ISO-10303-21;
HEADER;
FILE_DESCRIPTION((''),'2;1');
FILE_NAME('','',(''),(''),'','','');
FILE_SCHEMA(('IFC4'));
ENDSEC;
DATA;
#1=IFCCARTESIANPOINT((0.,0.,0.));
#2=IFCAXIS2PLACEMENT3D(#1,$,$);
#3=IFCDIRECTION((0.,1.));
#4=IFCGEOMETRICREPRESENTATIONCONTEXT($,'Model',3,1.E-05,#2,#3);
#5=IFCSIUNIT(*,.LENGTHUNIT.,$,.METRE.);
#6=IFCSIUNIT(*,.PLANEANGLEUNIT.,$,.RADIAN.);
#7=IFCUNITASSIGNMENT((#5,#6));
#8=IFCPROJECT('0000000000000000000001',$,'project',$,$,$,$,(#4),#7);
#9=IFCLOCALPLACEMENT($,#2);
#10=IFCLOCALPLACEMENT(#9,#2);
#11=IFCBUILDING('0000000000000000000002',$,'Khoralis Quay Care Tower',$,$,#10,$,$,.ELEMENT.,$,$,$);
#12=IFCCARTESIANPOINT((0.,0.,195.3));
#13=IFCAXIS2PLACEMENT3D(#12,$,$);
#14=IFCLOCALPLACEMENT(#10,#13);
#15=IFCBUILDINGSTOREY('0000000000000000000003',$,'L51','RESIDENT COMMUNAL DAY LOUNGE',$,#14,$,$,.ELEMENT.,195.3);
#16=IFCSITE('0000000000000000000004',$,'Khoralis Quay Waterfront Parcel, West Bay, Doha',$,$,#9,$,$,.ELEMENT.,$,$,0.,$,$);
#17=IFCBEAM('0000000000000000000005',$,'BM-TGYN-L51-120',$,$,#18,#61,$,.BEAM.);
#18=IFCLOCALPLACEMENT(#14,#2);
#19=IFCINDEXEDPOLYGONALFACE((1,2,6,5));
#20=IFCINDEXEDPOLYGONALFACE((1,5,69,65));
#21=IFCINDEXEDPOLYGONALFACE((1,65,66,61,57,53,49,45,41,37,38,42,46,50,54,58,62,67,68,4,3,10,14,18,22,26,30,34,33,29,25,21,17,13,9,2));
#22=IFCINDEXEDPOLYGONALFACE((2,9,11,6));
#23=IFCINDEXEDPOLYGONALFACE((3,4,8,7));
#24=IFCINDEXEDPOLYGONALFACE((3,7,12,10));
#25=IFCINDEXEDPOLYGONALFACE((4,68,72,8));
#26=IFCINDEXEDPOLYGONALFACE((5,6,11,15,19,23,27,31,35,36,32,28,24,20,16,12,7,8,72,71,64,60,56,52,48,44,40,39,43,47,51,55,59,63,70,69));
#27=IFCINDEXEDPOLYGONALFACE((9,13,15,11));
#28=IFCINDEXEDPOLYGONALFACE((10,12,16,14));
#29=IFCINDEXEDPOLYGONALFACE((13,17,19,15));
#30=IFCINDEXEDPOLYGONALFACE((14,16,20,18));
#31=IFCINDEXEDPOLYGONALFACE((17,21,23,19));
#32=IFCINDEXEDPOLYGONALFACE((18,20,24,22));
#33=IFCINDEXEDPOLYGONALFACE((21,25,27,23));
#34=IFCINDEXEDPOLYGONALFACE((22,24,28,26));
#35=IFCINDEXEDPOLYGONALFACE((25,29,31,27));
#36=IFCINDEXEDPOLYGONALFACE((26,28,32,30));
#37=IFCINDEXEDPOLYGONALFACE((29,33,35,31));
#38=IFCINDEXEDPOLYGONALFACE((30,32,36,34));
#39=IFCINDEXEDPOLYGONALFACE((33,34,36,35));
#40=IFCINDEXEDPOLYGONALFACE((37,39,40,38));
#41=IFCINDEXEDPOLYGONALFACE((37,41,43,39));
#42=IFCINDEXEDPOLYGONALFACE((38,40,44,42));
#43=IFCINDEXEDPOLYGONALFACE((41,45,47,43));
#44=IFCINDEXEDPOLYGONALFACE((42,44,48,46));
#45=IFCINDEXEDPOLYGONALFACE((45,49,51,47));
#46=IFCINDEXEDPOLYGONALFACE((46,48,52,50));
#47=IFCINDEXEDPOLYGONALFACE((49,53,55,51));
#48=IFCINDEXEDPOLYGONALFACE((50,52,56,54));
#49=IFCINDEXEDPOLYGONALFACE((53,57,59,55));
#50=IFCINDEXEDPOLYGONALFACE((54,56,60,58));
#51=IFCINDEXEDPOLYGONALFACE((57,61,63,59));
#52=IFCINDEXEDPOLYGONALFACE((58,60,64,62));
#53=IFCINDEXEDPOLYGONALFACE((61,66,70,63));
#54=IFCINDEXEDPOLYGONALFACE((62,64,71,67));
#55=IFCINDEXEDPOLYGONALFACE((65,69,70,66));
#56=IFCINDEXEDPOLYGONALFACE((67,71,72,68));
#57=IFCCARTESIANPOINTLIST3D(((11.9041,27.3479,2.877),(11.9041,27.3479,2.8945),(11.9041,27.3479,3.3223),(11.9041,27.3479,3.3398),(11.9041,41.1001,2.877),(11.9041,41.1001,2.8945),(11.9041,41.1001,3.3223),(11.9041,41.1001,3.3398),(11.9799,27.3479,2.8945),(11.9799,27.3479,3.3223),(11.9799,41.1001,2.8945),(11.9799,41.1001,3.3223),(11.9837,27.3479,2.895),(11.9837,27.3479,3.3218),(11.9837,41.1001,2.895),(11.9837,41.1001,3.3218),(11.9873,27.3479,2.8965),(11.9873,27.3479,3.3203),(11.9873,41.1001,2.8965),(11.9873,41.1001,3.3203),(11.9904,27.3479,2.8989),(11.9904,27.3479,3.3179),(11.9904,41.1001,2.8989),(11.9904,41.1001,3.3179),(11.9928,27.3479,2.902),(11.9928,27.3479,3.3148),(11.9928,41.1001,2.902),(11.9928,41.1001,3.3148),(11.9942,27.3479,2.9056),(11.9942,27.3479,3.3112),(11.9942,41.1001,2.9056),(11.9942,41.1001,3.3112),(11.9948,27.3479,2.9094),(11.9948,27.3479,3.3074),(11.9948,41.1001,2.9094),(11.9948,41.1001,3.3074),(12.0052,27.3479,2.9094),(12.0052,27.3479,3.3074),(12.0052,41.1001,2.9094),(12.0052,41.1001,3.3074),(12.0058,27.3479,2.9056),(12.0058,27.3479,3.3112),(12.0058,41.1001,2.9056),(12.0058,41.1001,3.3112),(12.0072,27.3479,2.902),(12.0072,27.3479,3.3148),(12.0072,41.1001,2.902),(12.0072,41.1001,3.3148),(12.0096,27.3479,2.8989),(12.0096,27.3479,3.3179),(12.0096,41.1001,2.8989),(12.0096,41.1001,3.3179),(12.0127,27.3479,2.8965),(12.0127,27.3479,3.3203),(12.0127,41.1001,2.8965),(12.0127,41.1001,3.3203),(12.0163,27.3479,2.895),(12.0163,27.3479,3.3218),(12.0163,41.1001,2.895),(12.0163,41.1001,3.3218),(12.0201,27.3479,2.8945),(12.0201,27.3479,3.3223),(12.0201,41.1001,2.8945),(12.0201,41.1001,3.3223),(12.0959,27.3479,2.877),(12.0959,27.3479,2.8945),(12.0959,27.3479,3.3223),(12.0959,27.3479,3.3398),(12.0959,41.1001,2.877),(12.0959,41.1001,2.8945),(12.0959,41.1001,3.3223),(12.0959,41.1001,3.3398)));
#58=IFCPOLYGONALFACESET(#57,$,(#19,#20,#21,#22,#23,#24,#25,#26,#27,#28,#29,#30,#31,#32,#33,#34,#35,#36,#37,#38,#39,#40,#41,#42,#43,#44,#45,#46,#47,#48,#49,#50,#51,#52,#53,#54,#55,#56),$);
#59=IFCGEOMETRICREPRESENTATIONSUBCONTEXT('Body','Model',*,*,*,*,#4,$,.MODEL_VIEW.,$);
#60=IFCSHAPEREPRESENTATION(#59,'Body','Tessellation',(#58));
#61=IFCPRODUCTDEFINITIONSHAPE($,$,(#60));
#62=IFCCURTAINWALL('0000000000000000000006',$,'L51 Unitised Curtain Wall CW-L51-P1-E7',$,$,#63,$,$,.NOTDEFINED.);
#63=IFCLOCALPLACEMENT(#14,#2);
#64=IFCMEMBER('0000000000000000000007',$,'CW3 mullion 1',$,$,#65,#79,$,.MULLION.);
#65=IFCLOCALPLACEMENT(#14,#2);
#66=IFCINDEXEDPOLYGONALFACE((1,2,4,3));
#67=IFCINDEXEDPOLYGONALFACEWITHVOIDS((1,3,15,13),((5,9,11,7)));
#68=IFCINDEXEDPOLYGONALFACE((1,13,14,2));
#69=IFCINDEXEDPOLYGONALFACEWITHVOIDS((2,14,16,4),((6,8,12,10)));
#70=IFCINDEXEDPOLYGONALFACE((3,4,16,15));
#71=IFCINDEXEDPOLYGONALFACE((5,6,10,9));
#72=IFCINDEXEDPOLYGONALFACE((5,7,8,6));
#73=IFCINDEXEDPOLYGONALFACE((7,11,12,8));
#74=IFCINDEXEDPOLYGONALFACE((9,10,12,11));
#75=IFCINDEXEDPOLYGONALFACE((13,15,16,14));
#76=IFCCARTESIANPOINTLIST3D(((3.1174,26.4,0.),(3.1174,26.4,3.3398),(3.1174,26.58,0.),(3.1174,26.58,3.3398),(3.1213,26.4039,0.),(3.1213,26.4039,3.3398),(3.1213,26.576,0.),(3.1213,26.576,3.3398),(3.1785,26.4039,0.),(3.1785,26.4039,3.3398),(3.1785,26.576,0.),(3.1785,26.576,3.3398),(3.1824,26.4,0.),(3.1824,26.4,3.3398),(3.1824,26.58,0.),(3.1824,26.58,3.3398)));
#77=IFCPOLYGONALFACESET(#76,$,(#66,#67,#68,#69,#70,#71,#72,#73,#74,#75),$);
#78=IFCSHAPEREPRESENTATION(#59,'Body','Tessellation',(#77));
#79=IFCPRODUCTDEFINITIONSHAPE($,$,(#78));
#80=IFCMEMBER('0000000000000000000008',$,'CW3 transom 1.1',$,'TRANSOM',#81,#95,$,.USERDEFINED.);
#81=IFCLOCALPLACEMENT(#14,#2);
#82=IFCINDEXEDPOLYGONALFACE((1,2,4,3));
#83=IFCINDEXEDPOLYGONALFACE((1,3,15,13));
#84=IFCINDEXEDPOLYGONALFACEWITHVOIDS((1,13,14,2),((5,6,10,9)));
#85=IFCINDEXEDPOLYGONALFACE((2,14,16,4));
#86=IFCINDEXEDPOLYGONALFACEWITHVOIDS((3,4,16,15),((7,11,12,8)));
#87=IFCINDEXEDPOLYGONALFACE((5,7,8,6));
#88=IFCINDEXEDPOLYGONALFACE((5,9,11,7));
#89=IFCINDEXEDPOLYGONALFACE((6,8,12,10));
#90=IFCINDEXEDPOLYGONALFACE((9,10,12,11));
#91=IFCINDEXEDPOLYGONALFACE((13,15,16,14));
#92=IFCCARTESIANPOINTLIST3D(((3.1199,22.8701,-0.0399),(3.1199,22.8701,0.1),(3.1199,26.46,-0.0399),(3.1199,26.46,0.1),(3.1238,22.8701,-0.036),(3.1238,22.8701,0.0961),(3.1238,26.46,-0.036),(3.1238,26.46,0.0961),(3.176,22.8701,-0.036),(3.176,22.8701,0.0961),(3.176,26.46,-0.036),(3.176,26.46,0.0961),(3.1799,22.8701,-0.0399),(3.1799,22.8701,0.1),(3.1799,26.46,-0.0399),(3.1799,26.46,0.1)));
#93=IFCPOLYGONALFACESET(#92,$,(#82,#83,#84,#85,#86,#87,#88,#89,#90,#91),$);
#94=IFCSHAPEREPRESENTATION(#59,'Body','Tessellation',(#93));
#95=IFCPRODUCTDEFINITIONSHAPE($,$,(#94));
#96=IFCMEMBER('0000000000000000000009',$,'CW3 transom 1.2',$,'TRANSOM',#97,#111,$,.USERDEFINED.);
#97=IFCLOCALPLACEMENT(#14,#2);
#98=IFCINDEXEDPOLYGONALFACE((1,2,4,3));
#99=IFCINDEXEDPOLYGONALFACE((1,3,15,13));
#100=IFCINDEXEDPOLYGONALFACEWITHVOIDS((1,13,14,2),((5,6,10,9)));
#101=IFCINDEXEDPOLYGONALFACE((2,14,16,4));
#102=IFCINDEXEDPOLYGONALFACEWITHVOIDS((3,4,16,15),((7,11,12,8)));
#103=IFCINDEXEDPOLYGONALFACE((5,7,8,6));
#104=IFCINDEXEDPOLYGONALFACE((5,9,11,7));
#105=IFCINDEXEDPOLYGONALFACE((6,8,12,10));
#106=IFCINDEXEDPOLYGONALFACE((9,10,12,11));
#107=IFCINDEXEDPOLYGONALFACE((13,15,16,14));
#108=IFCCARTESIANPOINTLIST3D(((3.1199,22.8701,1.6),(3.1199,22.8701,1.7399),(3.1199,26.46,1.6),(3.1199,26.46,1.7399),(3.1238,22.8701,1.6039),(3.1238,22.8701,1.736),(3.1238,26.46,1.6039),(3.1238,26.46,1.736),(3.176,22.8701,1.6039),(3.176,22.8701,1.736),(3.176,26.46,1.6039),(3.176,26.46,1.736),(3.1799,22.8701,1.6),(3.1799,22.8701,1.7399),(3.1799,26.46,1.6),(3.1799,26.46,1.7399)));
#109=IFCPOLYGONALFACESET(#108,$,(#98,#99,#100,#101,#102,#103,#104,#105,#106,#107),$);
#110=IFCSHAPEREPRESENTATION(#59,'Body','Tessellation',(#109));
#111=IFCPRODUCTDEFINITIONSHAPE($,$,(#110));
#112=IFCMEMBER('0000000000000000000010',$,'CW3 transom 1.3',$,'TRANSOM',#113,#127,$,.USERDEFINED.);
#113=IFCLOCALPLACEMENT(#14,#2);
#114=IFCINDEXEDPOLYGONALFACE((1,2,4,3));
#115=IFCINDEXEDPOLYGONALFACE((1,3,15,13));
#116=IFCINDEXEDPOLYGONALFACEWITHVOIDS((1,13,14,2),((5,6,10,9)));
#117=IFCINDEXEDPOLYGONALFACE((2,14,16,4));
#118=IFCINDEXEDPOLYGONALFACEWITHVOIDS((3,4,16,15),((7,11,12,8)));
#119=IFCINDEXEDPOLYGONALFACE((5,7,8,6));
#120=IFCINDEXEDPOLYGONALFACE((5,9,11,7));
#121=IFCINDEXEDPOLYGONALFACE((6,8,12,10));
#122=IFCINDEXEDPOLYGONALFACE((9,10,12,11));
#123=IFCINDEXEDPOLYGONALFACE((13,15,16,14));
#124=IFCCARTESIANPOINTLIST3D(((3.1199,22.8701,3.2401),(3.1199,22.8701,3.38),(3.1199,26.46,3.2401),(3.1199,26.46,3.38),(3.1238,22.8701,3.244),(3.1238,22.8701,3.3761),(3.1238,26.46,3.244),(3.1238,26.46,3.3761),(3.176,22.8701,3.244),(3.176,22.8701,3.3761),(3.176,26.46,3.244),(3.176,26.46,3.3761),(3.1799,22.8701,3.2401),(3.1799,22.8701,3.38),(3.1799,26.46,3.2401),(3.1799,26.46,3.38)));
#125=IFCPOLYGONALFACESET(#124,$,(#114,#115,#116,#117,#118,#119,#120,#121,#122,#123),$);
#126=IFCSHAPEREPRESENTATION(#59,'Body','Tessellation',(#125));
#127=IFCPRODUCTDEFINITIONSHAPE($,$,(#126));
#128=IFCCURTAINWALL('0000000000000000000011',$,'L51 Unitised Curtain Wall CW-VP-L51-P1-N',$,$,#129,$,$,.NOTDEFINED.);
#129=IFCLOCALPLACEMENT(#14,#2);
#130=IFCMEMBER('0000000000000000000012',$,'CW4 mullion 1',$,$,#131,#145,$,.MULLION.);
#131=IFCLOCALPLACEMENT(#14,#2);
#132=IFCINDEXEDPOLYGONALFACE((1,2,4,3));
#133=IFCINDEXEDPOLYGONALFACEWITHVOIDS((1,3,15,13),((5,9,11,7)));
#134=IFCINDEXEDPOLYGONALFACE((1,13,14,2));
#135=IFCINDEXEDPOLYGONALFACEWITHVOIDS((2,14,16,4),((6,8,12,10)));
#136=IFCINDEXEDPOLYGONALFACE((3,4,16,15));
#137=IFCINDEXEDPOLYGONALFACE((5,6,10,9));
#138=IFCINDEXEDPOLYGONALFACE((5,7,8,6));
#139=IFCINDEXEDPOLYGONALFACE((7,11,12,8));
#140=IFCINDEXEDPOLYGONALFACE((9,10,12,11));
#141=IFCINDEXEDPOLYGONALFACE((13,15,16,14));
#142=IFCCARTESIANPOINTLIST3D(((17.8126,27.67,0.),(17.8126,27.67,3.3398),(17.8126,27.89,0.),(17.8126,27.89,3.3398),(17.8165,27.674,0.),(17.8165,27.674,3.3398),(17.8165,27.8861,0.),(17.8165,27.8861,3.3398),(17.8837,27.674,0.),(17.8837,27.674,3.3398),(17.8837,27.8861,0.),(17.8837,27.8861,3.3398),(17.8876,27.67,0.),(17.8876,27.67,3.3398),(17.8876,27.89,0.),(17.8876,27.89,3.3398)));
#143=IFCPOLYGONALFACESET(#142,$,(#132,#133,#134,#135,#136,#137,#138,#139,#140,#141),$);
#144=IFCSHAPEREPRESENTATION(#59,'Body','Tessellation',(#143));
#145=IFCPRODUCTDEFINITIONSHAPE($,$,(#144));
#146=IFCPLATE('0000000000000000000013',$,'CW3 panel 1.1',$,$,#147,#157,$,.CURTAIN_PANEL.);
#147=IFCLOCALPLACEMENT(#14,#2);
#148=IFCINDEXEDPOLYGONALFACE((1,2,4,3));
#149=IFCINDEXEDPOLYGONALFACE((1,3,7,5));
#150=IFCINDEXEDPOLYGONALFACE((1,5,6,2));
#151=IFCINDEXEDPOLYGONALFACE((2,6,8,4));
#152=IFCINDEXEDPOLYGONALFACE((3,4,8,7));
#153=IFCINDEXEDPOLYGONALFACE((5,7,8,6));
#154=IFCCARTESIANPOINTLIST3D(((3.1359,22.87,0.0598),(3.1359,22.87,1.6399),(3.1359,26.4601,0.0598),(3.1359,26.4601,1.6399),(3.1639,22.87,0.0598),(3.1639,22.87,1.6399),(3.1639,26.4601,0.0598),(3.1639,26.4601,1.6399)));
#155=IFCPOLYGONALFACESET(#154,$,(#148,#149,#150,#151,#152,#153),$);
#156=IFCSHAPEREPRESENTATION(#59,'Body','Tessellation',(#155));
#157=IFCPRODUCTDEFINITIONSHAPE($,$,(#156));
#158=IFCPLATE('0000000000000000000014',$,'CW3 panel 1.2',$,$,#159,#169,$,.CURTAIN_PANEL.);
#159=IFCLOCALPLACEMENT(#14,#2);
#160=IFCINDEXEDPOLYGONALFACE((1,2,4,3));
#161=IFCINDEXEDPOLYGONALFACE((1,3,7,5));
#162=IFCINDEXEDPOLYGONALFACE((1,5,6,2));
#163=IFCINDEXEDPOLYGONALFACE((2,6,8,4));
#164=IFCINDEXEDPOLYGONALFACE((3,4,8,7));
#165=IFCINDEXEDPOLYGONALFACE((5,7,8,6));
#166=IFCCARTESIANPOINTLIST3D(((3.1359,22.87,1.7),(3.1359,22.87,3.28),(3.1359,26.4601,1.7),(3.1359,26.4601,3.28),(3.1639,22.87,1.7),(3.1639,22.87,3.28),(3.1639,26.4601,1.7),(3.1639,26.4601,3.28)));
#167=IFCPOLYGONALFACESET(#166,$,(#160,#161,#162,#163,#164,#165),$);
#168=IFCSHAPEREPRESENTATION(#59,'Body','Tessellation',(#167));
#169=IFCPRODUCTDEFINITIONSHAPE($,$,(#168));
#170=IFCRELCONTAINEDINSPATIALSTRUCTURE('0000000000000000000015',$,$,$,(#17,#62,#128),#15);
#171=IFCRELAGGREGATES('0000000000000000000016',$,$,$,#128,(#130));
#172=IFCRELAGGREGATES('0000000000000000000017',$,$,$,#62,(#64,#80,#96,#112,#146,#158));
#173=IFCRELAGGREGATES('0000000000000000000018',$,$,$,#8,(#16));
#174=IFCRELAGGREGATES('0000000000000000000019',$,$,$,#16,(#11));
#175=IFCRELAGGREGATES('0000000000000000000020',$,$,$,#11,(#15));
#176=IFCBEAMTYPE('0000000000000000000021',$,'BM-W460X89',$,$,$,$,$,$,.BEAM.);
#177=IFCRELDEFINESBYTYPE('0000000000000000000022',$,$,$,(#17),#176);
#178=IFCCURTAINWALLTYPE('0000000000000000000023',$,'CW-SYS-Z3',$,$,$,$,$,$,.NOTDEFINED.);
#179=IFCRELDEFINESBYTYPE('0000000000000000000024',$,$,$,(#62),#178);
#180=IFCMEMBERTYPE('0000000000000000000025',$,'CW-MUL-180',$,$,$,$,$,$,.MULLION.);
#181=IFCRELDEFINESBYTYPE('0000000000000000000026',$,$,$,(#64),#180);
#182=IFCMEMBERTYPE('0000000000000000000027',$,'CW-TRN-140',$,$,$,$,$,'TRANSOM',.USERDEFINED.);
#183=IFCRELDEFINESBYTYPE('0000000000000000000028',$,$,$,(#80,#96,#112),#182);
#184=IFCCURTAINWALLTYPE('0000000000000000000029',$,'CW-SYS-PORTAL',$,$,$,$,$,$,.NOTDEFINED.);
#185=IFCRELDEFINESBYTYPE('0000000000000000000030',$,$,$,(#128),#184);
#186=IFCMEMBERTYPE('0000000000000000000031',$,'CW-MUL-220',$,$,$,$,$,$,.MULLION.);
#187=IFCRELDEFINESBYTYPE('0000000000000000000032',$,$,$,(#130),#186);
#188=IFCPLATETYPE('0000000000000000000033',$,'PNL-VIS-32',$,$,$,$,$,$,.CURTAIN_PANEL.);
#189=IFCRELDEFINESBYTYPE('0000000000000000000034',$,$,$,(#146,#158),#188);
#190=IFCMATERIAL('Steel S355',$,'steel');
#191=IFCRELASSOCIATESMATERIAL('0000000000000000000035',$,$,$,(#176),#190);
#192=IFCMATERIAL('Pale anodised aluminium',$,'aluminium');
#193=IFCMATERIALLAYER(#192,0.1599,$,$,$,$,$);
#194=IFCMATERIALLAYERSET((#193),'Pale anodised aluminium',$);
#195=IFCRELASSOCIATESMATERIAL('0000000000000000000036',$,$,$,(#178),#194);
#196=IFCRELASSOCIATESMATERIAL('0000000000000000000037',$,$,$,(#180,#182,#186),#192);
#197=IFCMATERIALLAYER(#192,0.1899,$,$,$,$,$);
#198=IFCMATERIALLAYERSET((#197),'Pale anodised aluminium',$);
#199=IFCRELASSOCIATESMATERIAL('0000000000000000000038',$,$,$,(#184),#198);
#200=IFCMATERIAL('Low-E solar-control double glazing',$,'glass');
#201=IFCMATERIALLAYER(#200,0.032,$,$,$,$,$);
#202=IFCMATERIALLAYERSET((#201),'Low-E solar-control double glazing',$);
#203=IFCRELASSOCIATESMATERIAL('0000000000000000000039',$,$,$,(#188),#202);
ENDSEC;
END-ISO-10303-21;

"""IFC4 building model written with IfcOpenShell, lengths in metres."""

from ifc_helpers import new_model, si_unit, direction, frame, origin, origin_2d, place, context, subcontext, project, spatial, rectangle, hollow_rectangle, i_section, extrude, source, transform, mapped, material, layer, layer_set, material_profile, profile_set, type_object, element, aggregate, save


model = new_model("IFC4")

# Units and contexts
model_context = context("Model", 3, precision=1e-05, world=origin(), true_north=direction((0.0, 1.0)))
body_context = subcontext(model_context, "Body", "Model", "MODEL_VIEW")
ifc_project = project(units=[si_unit("LENGTHUNIT", "METRE"), si_unit("PLANEANGLEUNIT", "RADIAN")], contexts=[model_context])

# Site, building, storey
site_placement = place(None, origin())
site = spatial("IfcSite", under=ifc_project, at=site_placement, Name="Khoralis Quay Waterfront Parcel, West Bay, Doha", CompositionType="ELEMENT", RefElevation=0.0)
building_placement = place(site_placement, origin())
building = spatial("IfcBuilding", under=site, at=building_placement, Name="Khoralis Quay Care Tower", CompositionType="ELEMENT")
storey_placement = place(building_placement, frame((0.0, 0.0, 195.3)))
storey = spatial("IfcBuildingStorey", under=building, at=storey_placement, Name="L51", Description="RESIDENT COMMUNAL DAY LOUNGE", CompositionType="ELEMENT", Elevation=195.3)

# Beam
ifc_material_1 = material(Name="Steel S355", Category="steel")
ifc_material_profile_1 = material_profile(ifc_material_1, i_section(OverallWidth=0.1919, OverallDepth=0.4629, WebThickness=0.0105, FlangeThickness=0.0176, FilletRadius=0.0149, at=origin_2d()), Name="Steel S355")
ifc_profile_set_1 = profile_set([ifc_material_profile_1], Name="Steel S355")
beam_type_1 = type_object("IfcBeamType", Name="BM-W460X89", PredefinedType="BEAM", material=ifc_profile_set_1)
shared_shape_1 = source(origin(), body_context, "Body", "SweptSolid", [
    extrude(i_section(OverallWidth=0.1919, OverallDepth=0.4629, WebThickness=0.0105, FlangeThickness=0.0176, FilletRadius=0.0149, at=origin_2d()), origin(), (0.0, 0.0, 1.0), 13.7522),
])
beam_1_placement = place(storey_placement, frame((12.0, 27.3479, 3.1084), z_axis=(0.0, 1.0, 0.0), x_axis=(-1.0, 0.0, 0.0)))
element("IfcBeam", 1, at=beam_1_placement, inside=storey, type_object=beam_type_1, Name="BM-TGYN-L51-120", PredefinedType="BEAM", context=body_context, shape_type="MappedRepresentation", body=[
    mapped(shared_shape_1, transform((0.0, 0.0, 0.0), scale=1.0)),
])

# Curtain wall, members
ifc_material_2 = material(Name="Pale anodised aluminium", Category="aluminium")
ifc_layer_1 = layer(ifc_material_2, 0.1599)
ifc_layer_set_1 = layer_set([ifc_layer_1], Name="Pale anodised aluminium")
curtain_wall_type_1 = type_object("IfcCurtainWallType", Name="CW-SYS-Z3", PredefinedType="NOTDEFINED", material=ifc_layer_set_1)
curtain_wall_1_placement = place(storey_placement, origin())
curtain_wall_1 = element("IfcCurtainWall", 2, at=curtain_wall_1_placement, inside=storey, type_object=curtain_wall_type_1, Name="L51 Unitised Curtain Wall CW-L51-P1-E7", PredefinedType="NOTDEFINED")
ifc_material_profile_2 = material_profile(ifc_material_2, hollow_rectangle(XDim=0.0649, YDim=0.1799, WallThickness=0.0039, at=origin_2d()), Name="Pale anodised aluminium")
ifc_profile_set_2 = profile_set([ifc_material_profile_2], Name="Pale anodised aluminium")
member_type_1 = type_object("IfcMemberType", Name="CW-MUL-180", PredefinedType="MULLION", material=ifc_profile_set_2)
shared_shape_2 = source(origin(), body_context, "Body", "SweptSolid", [
    extrude(hollow_rectangle(XDim=0.0649, YDim=0.1799, WallThickness=0.0039, at=origin_2d()), origin(), (0.0, 0.0, 1.0), 3.3398),
])
member_1_placement = place(storey_placement, frame((3.1499, 26.49, 0.0), z_axis=(0.0, 0.0, 1.0), x_axis=(1.0, 0.0, 0.0)))
member_1 = element("IfcMember", 3, at=member_1_placement, type_object=member_type_1, Name="CW3 mullion 1", PredefinedType="MULLION", context=body_context, shape_type="MappedRepresentation", body=[
    mapped(shared_shape_2, transform((0.0, 0.0, 0.0), scale=1.0)),
])
ifc_material_profile_3 = material_profile(ifc_material_2, hollow_rectangle(XDim=0.0601, YDim=0.1399, WallThickness=0.0039, at=origin_2d()), Name="Pale anodised aluminium")
ifc_profile_set_3 = profile_set([ifc_material_profile_3], Name="Pale anodised aluminium")
member_type_2 = type_object("IfcMemberType", Name="CW-TRN-140", ElementType="TRANSOM", PredefinedType="USERDEFINED", material=ifc_profile_set_3)
shared_shape_3 = source(origin(), body_context, "Body", "SweptSolid", [
    extrude(hollow_rectangle(XDim=0.0601, YDim=0.1399, WallThickness=0.0039, at=origin_2d()), origin(), (0.0, 0.0, 1.0), 3.5898),
])
member_2_placement = place(storey_placement, frame((3.1499, 26.46, 0.03), z_axis=(0.0, -1.0, 0.0), x_axis=(1.0, 0.0, 0.0)))
member_2 = element("IfcMember", 4, at=member_2_placement, type_object=member_type_2, Name="CW3 transom 1.1", ObjectType="TRANSOM", PredefinedType="USERDEFINED", context=body_context, shape_type="MappedRepresentation", body=[
    mapped(shared_shape_3, transform((0.0, 0.0, 0.0), scale=1.0)),
])
member_3_placement = place(storey_placement, frame((3.1499, 26.46, 1.6699), z_axis=(0.0, -1.0, 0.0), x_axis=(1.0, 0.0, 0.0)))
member_3 = element("IfcMember", 5, at=member_3_placement, type_object=member_type_2, Name="CW3 transom 1.2", ObjectType="TRANSOM", PredefinedType="USERDEFINED", context=body_context, shape_type="MappedRepresentation", body=[
    mapped(shared_shape_3, transform((0.0, 0.0, 0.0), scale=1.0)),
])
member_4_placement = place(storey_placement, frame((3.1499, 26.46, 3.3101), z_axis=(0.0, -1.0, 0.0), x_axis=(1.0, 0.0, 0.0)))
member_4 = element("IfcMember", 6, at=member_4_placement, type_object=member_type_2, Name="CW3 transom 1.3", ObjectType="TRANSOM", PredefinedType="USERDEFINED", context=body_context, shape_type="MappedRepresentation", body=[
    mapped(shared_shape_3, transform((0.0, 0.0, 0.0), scale=1.0)),
])

# Curtain wall, member
ifc_layer_2 = layer(ifc_material_2, 0.1899)
ifc_layer_set_2 = layer_set([ifc_layer_2], Name="Pale anodised aluminium")
curtain_wall_type_2 = type_object("IfcCurtainWallType", Name="CW-SYS-PORTAL", PredefinedType="NOTDEFINED", material=ifc_layer_set_2)
curtain_wall_2_placement = place(storey_placement, origin())
curtain_wall_2 = element("IfcCurtainWall", 7, at=curtain_wall_2_placement, inside=storey, type_object=curtain_wall_type_2, Name="L51 Unitised Curtain Wall CW-VP-L51-P1-N", PredefinedType="NOTDEFINED")
ifc_material_profile_4 = material_profile(ifc_material_2, hollow_rectangle(XDim=0.075, YDim=0.22, WallThickness=0.0039, at=origin_2d()), Name="Pale anodised aluminium")
ifc_profile_set_4 = profile_set([ifc_material_profile_4], Name="Pale anodised aluminium")
member_type_3 = type_object("IfcMemberType", Name="CW-MUL-220", PredefinedType="MULLION", material=ifc_profile_set_4)
shared_shape_4 = source(origin(), body_context, "Body", "SweptSolid", [
    extrude(hollow_rectangle(XDim=0.075, YDim=0.22, WallThickness=0.0039, at=origin_2d()), origin(), (0.0, 0.0, 1.0), 3.3398),
])
member_5_placement = place(storey_placement, frame((17.8501, 27.78, 0.0), z_axis=(0.0, 0.0, 1.0), x_axis=(-1.0, 0.0, 0.0)))
member_5 = element("IfcMember", 8, at=member_5_placement, type_object=member_type_3, Name="CW4 mullion 1", PredefinedType="MULLION", context=body_context, shape_type="MappedRepresentation", body=[
    mapped(shared_shape_4, transform((0.0, 0.0, 0.0), scale=1.0)),
])
aggregate(curtain_wall_2, [member_5])

# Plates
ifc_material_3 = material(Name="Low-E solar-control double glazing", Category="glass")
ifc_layer_3 = layer(ifc_material_3, 0.032)
ifc_layer_set_3 = layer_set([ifc_layer_3], Name="Low-E solar-control double glazing")
plate_type = type_object("IfcPlateType", Name="PNL-VIS-32", PredefinedType="CURTAIN_PANEL", material=ifc_layer_set_3)
shared_shape_5 = source(origin(), body_context, "Body", "SweptSolid", [
    extrude(rectangle(XDim=3.5901, YDim=0.0281, at=origin_2d()), origin(), (0.0, 0.0, 1.0), 1.5801),
])
plate_1_placement = place(storey_placement, frame((3.1499, 24.665, 0.0598), z_axis=(0.0, 0.0, 1.0), x_axis=(0.0, -1.0, 0.0)))
plate_1 = element("IfcPlate", 9, at=plate_1_placement, type_object=plate_type, Name="CW3 panel 1.1", PredefinedType="CURTAIN_PANEL", context=body_context, shape_type="MappedRepresentation", body=[
    mapped(shared_shape_5, transform((0.0, 0.0, 0.0), scale=1.0)),
])
plate_2_placement = place(storey_placement, frame((3.1499, 24.665, 1.7), z_axis=(0.0, 0.0, 1.0), x_axis=(0.0, -1.0, 0.0)))
plate_2 = element("IfcPlate", 10, at=plate_2_placement, type_object=plate_type, Name="CW3 panel 1.2", PredefinedType="CURTAIN_PANEL", context=body_context, shape_type="MappedRepresentation", body=[
    mapped(shared_shape_5, transform((0.0, 0.0, 0.0), scale=1.0)),
])
aggregate(curtain_wall_1, [member_1, member_2, member_3, member_4, plate_1, plate_2])

save(model, "model.ifc")
